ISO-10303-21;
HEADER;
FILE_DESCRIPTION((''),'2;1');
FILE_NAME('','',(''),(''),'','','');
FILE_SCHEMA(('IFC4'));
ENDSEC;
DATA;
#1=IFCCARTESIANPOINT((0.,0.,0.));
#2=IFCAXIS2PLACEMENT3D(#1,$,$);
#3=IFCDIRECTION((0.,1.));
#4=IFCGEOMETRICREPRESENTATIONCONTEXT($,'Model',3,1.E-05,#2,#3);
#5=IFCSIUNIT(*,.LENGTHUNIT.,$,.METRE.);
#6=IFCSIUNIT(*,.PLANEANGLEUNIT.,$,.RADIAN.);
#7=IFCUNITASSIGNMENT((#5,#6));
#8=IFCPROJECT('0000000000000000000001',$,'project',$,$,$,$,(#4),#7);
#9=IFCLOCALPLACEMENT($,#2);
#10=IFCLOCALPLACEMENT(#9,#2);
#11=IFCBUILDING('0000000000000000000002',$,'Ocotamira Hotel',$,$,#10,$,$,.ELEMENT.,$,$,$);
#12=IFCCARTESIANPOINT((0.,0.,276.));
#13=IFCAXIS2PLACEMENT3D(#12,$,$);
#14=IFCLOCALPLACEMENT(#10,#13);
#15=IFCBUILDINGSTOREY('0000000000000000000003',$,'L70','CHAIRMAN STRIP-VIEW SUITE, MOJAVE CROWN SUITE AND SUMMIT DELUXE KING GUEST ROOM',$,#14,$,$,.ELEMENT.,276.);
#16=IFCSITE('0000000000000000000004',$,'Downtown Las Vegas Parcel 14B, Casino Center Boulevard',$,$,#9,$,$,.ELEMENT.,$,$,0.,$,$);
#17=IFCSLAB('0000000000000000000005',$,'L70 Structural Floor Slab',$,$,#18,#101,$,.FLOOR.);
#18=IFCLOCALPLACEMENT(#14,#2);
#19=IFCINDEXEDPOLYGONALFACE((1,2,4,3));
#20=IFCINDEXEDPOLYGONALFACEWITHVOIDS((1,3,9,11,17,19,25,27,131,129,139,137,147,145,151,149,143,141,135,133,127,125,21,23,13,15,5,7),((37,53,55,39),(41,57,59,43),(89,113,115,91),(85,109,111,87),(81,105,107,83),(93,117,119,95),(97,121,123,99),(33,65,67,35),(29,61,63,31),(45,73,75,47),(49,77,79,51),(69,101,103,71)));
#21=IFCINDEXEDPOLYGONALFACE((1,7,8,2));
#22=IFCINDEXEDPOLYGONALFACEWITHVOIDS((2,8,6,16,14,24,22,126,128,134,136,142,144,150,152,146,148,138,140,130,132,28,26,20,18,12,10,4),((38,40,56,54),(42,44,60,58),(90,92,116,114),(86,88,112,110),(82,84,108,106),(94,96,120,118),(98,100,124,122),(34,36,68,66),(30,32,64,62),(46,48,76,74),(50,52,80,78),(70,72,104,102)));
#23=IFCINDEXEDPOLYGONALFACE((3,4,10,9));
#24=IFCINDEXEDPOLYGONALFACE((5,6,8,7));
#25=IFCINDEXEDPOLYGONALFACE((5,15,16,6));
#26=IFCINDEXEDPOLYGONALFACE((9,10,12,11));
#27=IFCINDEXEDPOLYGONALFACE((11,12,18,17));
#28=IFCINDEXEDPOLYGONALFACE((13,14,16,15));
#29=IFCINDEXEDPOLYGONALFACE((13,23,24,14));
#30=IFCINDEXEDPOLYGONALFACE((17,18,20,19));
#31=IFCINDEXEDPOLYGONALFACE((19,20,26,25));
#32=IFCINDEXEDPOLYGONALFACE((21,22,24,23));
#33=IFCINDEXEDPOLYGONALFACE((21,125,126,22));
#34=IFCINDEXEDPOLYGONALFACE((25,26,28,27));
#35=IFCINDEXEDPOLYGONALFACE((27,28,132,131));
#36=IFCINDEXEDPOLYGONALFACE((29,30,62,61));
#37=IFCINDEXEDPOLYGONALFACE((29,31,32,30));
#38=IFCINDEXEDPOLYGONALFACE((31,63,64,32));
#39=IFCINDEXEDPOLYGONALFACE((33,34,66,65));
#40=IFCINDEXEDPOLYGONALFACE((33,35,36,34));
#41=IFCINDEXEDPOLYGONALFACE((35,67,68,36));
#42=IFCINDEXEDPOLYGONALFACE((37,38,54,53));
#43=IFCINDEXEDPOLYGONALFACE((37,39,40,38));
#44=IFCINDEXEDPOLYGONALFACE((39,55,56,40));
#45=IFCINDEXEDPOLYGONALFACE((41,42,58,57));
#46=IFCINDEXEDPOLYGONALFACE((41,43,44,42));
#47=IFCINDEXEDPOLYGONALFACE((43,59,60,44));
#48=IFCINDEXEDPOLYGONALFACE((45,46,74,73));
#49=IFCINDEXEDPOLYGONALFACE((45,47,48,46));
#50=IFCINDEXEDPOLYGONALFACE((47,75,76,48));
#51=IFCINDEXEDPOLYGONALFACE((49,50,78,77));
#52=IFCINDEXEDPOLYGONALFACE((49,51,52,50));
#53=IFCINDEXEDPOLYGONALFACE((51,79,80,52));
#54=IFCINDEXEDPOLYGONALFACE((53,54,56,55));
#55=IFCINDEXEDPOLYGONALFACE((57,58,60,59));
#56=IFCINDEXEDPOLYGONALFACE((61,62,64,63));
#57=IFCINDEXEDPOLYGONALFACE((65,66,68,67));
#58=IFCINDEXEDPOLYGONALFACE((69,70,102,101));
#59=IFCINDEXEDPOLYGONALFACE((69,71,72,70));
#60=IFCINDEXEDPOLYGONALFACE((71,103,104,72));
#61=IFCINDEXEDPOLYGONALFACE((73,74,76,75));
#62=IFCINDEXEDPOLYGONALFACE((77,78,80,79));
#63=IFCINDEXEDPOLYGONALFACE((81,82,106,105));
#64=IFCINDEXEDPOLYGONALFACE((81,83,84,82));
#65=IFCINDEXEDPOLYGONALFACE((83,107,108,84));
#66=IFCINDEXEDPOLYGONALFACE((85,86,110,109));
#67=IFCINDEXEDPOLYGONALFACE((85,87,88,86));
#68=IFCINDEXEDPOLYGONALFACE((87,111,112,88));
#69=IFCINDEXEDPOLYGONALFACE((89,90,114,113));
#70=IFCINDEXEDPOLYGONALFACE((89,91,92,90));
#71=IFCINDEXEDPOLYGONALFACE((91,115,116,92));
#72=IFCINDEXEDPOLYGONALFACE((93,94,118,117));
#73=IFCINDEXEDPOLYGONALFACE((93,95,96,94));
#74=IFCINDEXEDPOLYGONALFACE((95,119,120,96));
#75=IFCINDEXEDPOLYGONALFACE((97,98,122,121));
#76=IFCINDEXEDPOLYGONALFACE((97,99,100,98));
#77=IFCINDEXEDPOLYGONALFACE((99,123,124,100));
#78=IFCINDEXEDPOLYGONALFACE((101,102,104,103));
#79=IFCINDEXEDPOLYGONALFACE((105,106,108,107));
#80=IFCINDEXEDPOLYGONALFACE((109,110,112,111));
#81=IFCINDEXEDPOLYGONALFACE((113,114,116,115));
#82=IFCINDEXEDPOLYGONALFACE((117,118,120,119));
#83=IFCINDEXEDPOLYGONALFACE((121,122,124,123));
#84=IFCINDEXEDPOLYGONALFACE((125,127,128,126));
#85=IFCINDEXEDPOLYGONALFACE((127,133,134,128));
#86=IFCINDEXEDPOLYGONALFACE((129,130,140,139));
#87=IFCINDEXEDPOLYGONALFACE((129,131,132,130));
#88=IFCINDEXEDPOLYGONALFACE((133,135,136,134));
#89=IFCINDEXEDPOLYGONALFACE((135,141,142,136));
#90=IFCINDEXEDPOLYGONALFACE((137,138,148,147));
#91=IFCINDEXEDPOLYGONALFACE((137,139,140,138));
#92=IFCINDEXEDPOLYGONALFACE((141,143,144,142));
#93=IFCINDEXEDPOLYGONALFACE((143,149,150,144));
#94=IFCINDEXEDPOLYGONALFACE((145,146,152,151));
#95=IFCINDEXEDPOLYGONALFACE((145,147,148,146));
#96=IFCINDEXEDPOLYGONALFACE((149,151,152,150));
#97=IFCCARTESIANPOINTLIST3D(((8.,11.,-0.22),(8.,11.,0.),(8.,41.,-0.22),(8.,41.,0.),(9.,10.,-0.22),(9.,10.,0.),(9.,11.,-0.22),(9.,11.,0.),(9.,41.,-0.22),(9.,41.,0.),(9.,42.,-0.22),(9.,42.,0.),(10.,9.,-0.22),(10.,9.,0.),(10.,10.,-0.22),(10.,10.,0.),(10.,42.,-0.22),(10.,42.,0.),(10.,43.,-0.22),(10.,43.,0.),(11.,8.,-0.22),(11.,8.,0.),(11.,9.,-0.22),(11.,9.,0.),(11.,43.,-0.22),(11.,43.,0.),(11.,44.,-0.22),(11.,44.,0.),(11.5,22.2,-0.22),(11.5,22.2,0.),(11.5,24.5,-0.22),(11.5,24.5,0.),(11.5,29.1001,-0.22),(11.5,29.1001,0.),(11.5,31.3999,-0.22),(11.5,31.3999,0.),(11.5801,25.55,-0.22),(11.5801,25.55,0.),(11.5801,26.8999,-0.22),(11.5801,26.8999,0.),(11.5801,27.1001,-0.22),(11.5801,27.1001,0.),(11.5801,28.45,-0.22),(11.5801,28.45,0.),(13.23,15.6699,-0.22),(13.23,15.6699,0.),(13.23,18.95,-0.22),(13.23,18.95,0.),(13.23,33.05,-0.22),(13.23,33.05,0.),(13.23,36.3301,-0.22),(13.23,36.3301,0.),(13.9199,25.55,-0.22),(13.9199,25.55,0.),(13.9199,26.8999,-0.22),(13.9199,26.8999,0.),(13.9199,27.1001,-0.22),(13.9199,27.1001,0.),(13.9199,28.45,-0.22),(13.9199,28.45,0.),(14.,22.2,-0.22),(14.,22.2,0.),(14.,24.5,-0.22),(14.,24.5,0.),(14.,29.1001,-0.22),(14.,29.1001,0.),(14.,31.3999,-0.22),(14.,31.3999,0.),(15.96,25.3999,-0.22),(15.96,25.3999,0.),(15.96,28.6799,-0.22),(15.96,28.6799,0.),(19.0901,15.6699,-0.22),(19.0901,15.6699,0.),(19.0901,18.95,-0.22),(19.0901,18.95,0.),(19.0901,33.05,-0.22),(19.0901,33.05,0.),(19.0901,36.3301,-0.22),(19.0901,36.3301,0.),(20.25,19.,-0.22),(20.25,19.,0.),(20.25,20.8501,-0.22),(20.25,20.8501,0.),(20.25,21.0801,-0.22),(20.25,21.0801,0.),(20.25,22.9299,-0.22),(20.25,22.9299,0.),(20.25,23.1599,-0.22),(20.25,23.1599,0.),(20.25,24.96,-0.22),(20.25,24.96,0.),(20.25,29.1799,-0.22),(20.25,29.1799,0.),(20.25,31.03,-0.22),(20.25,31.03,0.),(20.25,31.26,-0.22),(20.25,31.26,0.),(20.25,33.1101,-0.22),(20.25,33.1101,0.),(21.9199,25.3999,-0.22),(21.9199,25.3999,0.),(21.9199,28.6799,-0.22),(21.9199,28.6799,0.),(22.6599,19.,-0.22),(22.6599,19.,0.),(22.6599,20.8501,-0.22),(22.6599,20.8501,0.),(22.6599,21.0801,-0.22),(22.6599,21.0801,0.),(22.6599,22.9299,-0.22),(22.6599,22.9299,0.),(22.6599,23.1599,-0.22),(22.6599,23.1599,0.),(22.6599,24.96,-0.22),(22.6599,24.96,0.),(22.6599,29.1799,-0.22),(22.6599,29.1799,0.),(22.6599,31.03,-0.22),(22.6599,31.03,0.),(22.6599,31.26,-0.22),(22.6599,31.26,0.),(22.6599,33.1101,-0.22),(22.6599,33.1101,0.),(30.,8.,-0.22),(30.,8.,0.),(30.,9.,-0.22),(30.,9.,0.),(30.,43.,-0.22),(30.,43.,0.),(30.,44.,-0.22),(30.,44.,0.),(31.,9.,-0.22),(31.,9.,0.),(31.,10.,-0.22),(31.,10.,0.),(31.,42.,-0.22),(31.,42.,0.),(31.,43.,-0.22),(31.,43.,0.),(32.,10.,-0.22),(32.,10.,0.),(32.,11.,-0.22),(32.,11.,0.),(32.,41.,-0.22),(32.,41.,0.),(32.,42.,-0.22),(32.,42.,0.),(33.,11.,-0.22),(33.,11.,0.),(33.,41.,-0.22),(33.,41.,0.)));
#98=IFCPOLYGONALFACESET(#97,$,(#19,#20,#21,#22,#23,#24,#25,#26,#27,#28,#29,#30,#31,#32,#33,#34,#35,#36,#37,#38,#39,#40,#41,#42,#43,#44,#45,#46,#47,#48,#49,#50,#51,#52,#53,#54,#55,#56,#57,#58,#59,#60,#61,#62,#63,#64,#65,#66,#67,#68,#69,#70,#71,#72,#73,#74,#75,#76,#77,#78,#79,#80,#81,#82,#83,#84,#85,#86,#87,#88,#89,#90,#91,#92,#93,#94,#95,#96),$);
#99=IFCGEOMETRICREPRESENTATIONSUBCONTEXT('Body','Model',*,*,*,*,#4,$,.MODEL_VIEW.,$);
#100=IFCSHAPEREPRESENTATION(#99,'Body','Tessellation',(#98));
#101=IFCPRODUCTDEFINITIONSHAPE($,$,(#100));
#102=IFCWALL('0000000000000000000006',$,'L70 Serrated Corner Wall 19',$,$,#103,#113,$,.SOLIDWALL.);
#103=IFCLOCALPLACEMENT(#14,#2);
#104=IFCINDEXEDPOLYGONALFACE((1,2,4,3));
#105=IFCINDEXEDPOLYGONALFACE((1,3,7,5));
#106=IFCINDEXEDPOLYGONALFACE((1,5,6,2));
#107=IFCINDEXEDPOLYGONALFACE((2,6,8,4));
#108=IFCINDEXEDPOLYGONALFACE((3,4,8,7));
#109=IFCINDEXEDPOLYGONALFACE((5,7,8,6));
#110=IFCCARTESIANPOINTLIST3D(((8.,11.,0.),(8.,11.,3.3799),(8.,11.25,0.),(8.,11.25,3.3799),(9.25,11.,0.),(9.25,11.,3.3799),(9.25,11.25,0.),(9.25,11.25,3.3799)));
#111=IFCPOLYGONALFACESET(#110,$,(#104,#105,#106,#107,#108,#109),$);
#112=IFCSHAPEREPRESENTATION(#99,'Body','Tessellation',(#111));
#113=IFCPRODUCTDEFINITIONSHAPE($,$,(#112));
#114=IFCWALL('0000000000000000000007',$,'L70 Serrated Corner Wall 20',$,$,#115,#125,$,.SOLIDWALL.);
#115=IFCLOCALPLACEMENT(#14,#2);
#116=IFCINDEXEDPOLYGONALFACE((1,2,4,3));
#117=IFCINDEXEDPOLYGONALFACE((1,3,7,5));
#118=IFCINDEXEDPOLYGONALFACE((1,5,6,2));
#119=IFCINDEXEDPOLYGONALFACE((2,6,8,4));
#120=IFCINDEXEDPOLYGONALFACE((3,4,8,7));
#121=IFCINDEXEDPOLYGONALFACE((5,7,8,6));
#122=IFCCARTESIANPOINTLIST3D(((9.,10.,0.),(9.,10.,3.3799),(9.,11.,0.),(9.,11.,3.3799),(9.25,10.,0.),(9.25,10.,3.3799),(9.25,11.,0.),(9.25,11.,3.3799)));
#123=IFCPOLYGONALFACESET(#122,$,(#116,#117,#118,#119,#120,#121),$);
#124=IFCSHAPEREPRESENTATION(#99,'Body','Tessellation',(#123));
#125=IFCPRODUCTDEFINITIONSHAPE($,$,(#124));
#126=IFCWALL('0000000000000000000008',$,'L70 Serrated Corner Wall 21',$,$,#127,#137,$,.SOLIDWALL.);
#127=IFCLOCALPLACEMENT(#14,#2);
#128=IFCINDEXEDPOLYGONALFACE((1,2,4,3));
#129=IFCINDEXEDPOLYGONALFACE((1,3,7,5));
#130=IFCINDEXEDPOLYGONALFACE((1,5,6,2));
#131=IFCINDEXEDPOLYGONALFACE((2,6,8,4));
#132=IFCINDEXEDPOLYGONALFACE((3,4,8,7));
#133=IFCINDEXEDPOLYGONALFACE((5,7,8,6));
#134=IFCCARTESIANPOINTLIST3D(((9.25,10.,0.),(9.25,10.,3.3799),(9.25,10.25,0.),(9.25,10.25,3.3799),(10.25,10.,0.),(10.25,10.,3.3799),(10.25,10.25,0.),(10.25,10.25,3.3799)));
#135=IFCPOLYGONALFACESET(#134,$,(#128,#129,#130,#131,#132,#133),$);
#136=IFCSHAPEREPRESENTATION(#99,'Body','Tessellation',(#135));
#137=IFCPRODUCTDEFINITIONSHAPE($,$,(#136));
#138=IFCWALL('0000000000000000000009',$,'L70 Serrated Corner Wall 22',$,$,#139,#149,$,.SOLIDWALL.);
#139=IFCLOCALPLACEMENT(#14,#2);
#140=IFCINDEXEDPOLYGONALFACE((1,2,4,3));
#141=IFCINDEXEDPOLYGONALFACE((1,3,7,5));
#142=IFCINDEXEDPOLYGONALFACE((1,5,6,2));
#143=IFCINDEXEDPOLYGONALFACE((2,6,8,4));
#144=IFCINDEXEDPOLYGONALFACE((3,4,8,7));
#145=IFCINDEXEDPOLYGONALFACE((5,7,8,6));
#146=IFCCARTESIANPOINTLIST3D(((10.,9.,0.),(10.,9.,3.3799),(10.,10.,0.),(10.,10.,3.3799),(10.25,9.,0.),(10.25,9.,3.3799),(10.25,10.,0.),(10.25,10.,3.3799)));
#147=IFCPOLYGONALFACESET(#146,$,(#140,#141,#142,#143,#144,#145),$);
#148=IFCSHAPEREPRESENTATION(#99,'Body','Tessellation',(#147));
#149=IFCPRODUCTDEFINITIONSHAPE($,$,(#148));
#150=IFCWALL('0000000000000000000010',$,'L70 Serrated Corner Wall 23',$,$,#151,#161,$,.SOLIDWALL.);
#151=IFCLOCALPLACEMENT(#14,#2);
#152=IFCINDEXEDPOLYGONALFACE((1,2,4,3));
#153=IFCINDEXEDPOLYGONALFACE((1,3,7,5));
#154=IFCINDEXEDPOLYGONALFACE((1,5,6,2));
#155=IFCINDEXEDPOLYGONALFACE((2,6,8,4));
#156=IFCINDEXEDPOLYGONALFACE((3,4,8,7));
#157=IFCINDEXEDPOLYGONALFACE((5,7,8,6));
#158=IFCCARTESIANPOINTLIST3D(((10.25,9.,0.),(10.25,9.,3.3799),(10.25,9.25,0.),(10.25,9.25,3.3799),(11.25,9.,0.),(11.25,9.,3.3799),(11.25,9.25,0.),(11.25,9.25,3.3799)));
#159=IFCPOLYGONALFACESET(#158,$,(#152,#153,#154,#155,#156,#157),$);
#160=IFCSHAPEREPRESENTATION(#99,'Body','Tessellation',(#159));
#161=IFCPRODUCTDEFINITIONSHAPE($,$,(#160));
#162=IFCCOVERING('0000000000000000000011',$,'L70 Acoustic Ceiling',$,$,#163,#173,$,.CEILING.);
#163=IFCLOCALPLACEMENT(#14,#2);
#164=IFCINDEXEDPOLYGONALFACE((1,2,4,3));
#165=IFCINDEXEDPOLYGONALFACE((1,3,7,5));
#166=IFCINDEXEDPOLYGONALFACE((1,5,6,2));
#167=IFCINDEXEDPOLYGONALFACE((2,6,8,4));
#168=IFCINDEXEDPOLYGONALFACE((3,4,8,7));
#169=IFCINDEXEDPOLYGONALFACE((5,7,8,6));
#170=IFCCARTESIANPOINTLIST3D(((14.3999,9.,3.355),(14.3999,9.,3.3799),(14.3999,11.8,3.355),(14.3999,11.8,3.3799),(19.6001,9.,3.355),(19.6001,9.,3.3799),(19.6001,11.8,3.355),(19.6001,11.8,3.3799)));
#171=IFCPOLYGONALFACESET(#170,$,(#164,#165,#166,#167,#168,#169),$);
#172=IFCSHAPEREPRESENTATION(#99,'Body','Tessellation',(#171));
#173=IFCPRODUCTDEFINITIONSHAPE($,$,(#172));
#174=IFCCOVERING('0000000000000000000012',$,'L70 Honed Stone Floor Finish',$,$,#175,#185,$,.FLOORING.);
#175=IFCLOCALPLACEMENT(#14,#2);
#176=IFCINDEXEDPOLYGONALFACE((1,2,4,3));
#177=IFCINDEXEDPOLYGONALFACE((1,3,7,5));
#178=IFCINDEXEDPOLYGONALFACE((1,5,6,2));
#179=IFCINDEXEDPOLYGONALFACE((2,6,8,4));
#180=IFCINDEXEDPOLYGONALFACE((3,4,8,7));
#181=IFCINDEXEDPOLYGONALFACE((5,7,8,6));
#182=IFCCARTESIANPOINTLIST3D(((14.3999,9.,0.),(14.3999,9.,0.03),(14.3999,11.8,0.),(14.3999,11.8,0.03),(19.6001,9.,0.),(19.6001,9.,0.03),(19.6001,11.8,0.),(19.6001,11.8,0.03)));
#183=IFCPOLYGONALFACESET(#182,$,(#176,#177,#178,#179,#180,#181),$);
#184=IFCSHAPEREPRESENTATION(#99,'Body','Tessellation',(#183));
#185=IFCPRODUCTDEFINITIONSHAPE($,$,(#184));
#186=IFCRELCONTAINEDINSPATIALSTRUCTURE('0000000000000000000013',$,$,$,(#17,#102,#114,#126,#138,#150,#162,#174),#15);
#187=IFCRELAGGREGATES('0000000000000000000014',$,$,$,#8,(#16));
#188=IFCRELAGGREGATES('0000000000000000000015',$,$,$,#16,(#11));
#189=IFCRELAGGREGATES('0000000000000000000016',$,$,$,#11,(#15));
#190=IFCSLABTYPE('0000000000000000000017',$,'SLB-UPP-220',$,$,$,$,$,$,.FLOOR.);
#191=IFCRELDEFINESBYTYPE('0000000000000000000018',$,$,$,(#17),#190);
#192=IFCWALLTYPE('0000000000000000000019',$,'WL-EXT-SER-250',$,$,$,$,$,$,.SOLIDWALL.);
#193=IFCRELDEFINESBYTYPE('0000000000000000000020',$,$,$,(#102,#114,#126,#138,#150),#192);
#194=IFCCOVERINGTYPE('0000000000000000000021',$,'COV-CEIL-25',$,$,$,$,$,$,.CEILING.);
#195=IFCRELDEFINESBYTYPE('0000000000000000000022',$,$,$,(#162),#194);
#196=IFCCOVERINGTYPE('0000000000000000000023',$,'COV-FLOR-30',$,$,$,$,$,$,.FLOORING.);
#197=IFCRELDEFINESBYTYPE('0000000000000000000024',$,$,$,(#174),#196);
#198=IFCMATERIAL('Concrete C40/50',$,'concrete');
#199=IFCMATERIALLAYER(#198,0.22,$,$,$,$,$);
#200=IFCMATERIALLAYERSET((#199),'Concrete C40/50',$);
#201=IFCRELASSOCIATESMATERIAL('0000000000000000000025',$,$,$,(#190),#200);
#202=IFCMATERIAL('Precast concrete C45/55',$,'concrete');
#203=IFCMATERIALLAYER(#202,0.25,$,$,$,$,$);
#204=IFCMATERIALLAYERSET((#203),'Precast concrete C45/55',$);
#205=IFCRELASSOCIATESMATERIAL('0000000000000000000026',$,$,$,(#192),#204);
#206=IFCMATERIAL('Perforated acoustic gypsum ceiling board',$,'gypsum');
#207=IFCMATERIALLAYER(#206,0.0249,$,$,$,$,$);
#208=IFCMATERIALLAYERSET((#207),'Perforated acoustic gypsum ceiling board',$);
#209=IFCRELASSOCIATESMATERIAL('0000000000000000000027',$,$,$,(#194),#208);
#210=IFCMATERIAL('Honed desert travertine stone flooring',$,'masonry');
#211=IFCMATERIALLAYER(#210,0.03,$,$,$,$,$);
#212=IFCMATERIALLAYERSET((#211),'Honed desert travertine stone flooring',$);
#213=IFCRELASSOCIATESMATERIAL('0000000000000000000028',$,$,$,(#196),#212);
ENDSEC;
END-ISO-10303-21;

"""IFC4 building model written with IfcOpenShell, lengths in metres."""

from ifc_helpers import new_model, si_unit, direction, frame, frame_2d, origin, place, context, subcontext, project, spatial, polyline, rectangle, outline, extrude, material, layer, layer_set, type_object, element, save


model = new_model("IFC4")

# Units and contexts
model_context = context("Model", 3, precision=1e-05, world=origin(), true_north=direction((0.0, 1.0)))
body_context = subcontext(model_context, "Body", "Model", "MODEL_VIEW")
ifc_project = project(units=[si_unit("LENGTHUNIT", "METRE"), si_unit("PLANEANGLEUNIT", "RADIAN")], contexts=[model_context])

# Site, building, storey
site_placement = place(None, origin())
site = spatial("IfcSite", under=ifc_project, at=site_placement, Name="Downtown Las Vegas Parcel 14B, Casino Center Boulevard", CompositionType="ELEMENT", RefElevation=0.0)
building_placement = place(site_placement, origin())
building = spatial("IfcBuilding", under=site, at=building_placement, Name="Ocotamira Hotel", CompositionType="ELEMENT")
storey_placement = place(building_placement, frame((0.0, 0.0, 276.0)))
storey = spatial("IfcBuildingStorey", under=building, at=storey_placement, Name="L70", Description="CHAIRMAN STRIP-VIEW SUITE, MOJAVE CROWN SUITE AND SUMMIT DELUXE KING GUEST ROOM", CompositionType="ELEMENT", Elevation=276.0)

# Shared definitions
ifc_material_1 = material(Name="Concrete C40/50", Category="concrete")

# Slab
ifc_layer_1 = layer(ifc_material_1, 0.22)
ifc_layer_set_1 = layer_set([ifc_layer_1], Name="Concrete C40/50")
slab_type_1 = type_object("IfcSlabType", Name="SLB-UPP-220", PredefinedType="FLOOR", material=ifc_layer_set_1)
slab_1_placement = place(storey_placement, frame((0.0, 0.0, -0.22)))
element("IfcSlab", 1, at=slab_1_placement, inside=storey, type_object=slab_type_1, Name="L70 Structural Floor Slab", PredefinedType="FLOOR", context=body_context, shape_type="SweptSolid", body=[
    extrude(outline(polyline([(11.0, 8.0), (30.0, 8.0), (30.0, 9.0), (31.0, 9.0), (31.0, 10.0), (32.0, 10.0), (32.0, 11.0), (33.0, 11.0), (33.0, 41.0), (32.0, 41.0), (32.0, 42.0), (31.0, 42.0), (31.0, 43.0), (30.0, 43.0), (30.0, 44.0), (11.0, 44.0), (11.0, 43.0), (10.0, 43.0), (10.0, 42.0), (9.0, 42.0), (9.0, 41.0), (8.0, 41.0), (8.0, 11.0), (9.0, 11.0), (9.0, 10.0), (10.0, 10.0), (10.0, 9.0), (11.0, 9.0), (11.0, 8.0)]), holes=[polyline([(13.23, 15.6699), (19.0901, 15.6699), (19.0901, 18.95), (13.23, 18.95), (13.23, 15.6699)]), polyline([(13.23, 33.05), (19.0901, 33.05), (19.0901, 36.3301), (13.23, 36.3301), (13.23, 33.05)]), polyline([(15.96, 25.3999), (21.9199, 25.3999), (21.9199, 28.6799), (15.96, 28.6799), (15.96, 25.3999)]), polyline([(20.25, 19.0), (22.6599, 19.0), (22.6599, 20.8501), (20.25, 20.8501), (20.25, 19.0)]), polyline([(20.25, 21.0801), (22.6599, 21.0801), (22.6599, 22.9299), (20.25, 22.9299), (20.25, 21.0801)]), polyline([(20.25, 23.1599), (22.6599, 23.1599), (22.6599, 24.96), (20.25, 24.96), (20.25, 23.1599)]), polyline([(20.25, 29.1799), (22.6599, 29.1799), (22.6599, 31.03), (20.25, 31.03), (20.25, 29.1799)]), polyline([(20.25, 31.26), (22.6599, 31.26), (22.6599, 33.1101), (20.25, 33.1101), (20.25, 31.26)]), polyline([(11.5, 22.2), (14.0, 22.2), (14.0, 24.5), (11.5, 24.5), (11.5, 22.2)]), polyline([(11.5, 29.1001), (14.0, 29.1001), (14.0, 31.3999), (11.5, 31.3999), (11.5, 29.1001)]), polyline([(11.5801, 25.55), (13.9199, 25.55), (13.9199, 26.8999), (11.5801, 26.8999), (11.5801, 25.55)]), polyline([(11.5801, 27.1001), (13.9199, 27.1001), (13.9199, 28.45), (11.5801, 28.45), (11.5801, 27.1001)])]), origin(), (0.0, 0.0, 1.0), 0.22),
])

# Walls
ifc_material_2 = material(Name="Precast concrete C45/55", Category="concrete")
ifc_layer_2 = layer(ifc_material_2, 0.25)
ifc_layer_set_2 = layer_set([ifc_layer_2], Name="Precast concrete C45/55")
wall_type_1 = type_object("IfcWallType", Name="WL-EXT-SER-250", PredefinedType="SOLIDWALL", material=ifc_layer_set_2)
wall_1_placement = place(storey_placement, frame((8.0, 11.125, 0.0), z_axis=(0.0, 0.0, 1.0), x_axis=(1.0, 0.0, 0.0)))
element("IfcWall", 2, at=wall_1_placement, inside=storey, type_object=wall_type_1, Name="L70 Serrated Corner Wall 19", PredefinedType="SOLIDWALL", context=body_context, shape_type="SweptSolid", body=[
    extrude(rectangle(XDim=1.25, YDim=0.25, at=frame_2d((0.625, 0.0))), origin(), (0.0, 0.0, 1.0), 3.3799),
])
for number, where, z_axis, x_axis, name in (
    (3, (9.125, 11.0, 0.0), (0.0, 0.0, 1.0), (0.0, -1.0, 0.0), "L70 Serrated Corner Wall 20"),
    (4, (9.25, 10.125, 0.0), (0.0, 0.0, 1.0), (1.0, 0.0, 0.0), "L70 Serrated Corner Wall 21"),
    (5, (10.125, 10.0, 0.0), (0.0, 0.0, 1.0), (0.0, -1.0, 0.0), "L70 Serrated Corner Wall 22"),
    (6, (10.25, 9.125, 0.0), (0.0, 0.0, 1.0), (1.0, 0.0, 0.0), "L70 Serrated Corner Wall 23"),
):
    element("IfcWall", number, at=place(storey_placement, frame(where, z_axis=z_axis, x_axis=x_axis)), inside=storey, type_object=wall_type_1, Name=name, PredefinedType="SOLIDWALL", context=body_context, shape_type="SweptSolid", body=[
        extrude(rectangle(XDim=1.0, YDim=0.25, at=frame_2d((0.5, 0.0))), origin(), (0.0, 0.0, 1.0), 3.3799),
    ])

# Coverings
ifc_material_3 = material(Name="Perforated acoustic gypsum ceiling board", Category="gypsum")
ifc_layer_3 = layer(ifc_material_3, 0.0249)
ifc_layer_set_3 = layer_set([ifc_layer_3], Name="Perforated acoustic gypsum ceiling board")
covering_type_1 = type_object("IfcCoveringType", Name="COV-CEIL-25", PredefinedType="CEILING", material=ifc_layer_set_3)
covering_1_placement = place(storey_placement, frame((0.0, 0.0, 3.355)))
element("IfcCovering", 7, at=covering_1_placement, inside=storey, type_object=covering_type_1, Name="L70 Acoustic Ceiling", PredefinedType="CEILING", context=body_context, shape_type="SweptSolid", body=[
    extrude(outline(polyline([(14.3999, 9.0), (19.6001, 9.0), (19.6001, 11.8), (14.3999, 11.8), (14.3999, 9.0)])), origin(), (0.0, 0.0, 1.0), 0.0249),
])
ifc_material_4 = material(Name="Honed desert travertine stone flooring", Category="masonry")
ifc_layer_4 = layer(ifc_material_4, 0.03)
ifc_layer_set_4 = layer_set([ifc_layer_4], Name="Honed desert travertine stone flooring")
covering_type_2 = type_object("IfcCoveringType", Name="COV-FLOR-30", PredefinedType="FLOORING", material=ifc_layer_set_4)
covering_2_placement = place(storey_placement, origin())
element("IfcCovering", 8, at=covering_2_placement, inside=storey, type_object=covering_type_2, Name="L70 Honed Stone Floor Finish", PredefinedType="FLOORING", context=body_context, shape_type="SweptSolid", body=[
    extrude(outline(polyline([(14.3999, 9.0), (19.6001, 9.0), (19.6001, 11.8), (14.3999, 11.8), (14.3999, 9.0)])), origin(), (0.0, 0.0, 1.0), 0.03),
])

save(model, "model.ifc")
